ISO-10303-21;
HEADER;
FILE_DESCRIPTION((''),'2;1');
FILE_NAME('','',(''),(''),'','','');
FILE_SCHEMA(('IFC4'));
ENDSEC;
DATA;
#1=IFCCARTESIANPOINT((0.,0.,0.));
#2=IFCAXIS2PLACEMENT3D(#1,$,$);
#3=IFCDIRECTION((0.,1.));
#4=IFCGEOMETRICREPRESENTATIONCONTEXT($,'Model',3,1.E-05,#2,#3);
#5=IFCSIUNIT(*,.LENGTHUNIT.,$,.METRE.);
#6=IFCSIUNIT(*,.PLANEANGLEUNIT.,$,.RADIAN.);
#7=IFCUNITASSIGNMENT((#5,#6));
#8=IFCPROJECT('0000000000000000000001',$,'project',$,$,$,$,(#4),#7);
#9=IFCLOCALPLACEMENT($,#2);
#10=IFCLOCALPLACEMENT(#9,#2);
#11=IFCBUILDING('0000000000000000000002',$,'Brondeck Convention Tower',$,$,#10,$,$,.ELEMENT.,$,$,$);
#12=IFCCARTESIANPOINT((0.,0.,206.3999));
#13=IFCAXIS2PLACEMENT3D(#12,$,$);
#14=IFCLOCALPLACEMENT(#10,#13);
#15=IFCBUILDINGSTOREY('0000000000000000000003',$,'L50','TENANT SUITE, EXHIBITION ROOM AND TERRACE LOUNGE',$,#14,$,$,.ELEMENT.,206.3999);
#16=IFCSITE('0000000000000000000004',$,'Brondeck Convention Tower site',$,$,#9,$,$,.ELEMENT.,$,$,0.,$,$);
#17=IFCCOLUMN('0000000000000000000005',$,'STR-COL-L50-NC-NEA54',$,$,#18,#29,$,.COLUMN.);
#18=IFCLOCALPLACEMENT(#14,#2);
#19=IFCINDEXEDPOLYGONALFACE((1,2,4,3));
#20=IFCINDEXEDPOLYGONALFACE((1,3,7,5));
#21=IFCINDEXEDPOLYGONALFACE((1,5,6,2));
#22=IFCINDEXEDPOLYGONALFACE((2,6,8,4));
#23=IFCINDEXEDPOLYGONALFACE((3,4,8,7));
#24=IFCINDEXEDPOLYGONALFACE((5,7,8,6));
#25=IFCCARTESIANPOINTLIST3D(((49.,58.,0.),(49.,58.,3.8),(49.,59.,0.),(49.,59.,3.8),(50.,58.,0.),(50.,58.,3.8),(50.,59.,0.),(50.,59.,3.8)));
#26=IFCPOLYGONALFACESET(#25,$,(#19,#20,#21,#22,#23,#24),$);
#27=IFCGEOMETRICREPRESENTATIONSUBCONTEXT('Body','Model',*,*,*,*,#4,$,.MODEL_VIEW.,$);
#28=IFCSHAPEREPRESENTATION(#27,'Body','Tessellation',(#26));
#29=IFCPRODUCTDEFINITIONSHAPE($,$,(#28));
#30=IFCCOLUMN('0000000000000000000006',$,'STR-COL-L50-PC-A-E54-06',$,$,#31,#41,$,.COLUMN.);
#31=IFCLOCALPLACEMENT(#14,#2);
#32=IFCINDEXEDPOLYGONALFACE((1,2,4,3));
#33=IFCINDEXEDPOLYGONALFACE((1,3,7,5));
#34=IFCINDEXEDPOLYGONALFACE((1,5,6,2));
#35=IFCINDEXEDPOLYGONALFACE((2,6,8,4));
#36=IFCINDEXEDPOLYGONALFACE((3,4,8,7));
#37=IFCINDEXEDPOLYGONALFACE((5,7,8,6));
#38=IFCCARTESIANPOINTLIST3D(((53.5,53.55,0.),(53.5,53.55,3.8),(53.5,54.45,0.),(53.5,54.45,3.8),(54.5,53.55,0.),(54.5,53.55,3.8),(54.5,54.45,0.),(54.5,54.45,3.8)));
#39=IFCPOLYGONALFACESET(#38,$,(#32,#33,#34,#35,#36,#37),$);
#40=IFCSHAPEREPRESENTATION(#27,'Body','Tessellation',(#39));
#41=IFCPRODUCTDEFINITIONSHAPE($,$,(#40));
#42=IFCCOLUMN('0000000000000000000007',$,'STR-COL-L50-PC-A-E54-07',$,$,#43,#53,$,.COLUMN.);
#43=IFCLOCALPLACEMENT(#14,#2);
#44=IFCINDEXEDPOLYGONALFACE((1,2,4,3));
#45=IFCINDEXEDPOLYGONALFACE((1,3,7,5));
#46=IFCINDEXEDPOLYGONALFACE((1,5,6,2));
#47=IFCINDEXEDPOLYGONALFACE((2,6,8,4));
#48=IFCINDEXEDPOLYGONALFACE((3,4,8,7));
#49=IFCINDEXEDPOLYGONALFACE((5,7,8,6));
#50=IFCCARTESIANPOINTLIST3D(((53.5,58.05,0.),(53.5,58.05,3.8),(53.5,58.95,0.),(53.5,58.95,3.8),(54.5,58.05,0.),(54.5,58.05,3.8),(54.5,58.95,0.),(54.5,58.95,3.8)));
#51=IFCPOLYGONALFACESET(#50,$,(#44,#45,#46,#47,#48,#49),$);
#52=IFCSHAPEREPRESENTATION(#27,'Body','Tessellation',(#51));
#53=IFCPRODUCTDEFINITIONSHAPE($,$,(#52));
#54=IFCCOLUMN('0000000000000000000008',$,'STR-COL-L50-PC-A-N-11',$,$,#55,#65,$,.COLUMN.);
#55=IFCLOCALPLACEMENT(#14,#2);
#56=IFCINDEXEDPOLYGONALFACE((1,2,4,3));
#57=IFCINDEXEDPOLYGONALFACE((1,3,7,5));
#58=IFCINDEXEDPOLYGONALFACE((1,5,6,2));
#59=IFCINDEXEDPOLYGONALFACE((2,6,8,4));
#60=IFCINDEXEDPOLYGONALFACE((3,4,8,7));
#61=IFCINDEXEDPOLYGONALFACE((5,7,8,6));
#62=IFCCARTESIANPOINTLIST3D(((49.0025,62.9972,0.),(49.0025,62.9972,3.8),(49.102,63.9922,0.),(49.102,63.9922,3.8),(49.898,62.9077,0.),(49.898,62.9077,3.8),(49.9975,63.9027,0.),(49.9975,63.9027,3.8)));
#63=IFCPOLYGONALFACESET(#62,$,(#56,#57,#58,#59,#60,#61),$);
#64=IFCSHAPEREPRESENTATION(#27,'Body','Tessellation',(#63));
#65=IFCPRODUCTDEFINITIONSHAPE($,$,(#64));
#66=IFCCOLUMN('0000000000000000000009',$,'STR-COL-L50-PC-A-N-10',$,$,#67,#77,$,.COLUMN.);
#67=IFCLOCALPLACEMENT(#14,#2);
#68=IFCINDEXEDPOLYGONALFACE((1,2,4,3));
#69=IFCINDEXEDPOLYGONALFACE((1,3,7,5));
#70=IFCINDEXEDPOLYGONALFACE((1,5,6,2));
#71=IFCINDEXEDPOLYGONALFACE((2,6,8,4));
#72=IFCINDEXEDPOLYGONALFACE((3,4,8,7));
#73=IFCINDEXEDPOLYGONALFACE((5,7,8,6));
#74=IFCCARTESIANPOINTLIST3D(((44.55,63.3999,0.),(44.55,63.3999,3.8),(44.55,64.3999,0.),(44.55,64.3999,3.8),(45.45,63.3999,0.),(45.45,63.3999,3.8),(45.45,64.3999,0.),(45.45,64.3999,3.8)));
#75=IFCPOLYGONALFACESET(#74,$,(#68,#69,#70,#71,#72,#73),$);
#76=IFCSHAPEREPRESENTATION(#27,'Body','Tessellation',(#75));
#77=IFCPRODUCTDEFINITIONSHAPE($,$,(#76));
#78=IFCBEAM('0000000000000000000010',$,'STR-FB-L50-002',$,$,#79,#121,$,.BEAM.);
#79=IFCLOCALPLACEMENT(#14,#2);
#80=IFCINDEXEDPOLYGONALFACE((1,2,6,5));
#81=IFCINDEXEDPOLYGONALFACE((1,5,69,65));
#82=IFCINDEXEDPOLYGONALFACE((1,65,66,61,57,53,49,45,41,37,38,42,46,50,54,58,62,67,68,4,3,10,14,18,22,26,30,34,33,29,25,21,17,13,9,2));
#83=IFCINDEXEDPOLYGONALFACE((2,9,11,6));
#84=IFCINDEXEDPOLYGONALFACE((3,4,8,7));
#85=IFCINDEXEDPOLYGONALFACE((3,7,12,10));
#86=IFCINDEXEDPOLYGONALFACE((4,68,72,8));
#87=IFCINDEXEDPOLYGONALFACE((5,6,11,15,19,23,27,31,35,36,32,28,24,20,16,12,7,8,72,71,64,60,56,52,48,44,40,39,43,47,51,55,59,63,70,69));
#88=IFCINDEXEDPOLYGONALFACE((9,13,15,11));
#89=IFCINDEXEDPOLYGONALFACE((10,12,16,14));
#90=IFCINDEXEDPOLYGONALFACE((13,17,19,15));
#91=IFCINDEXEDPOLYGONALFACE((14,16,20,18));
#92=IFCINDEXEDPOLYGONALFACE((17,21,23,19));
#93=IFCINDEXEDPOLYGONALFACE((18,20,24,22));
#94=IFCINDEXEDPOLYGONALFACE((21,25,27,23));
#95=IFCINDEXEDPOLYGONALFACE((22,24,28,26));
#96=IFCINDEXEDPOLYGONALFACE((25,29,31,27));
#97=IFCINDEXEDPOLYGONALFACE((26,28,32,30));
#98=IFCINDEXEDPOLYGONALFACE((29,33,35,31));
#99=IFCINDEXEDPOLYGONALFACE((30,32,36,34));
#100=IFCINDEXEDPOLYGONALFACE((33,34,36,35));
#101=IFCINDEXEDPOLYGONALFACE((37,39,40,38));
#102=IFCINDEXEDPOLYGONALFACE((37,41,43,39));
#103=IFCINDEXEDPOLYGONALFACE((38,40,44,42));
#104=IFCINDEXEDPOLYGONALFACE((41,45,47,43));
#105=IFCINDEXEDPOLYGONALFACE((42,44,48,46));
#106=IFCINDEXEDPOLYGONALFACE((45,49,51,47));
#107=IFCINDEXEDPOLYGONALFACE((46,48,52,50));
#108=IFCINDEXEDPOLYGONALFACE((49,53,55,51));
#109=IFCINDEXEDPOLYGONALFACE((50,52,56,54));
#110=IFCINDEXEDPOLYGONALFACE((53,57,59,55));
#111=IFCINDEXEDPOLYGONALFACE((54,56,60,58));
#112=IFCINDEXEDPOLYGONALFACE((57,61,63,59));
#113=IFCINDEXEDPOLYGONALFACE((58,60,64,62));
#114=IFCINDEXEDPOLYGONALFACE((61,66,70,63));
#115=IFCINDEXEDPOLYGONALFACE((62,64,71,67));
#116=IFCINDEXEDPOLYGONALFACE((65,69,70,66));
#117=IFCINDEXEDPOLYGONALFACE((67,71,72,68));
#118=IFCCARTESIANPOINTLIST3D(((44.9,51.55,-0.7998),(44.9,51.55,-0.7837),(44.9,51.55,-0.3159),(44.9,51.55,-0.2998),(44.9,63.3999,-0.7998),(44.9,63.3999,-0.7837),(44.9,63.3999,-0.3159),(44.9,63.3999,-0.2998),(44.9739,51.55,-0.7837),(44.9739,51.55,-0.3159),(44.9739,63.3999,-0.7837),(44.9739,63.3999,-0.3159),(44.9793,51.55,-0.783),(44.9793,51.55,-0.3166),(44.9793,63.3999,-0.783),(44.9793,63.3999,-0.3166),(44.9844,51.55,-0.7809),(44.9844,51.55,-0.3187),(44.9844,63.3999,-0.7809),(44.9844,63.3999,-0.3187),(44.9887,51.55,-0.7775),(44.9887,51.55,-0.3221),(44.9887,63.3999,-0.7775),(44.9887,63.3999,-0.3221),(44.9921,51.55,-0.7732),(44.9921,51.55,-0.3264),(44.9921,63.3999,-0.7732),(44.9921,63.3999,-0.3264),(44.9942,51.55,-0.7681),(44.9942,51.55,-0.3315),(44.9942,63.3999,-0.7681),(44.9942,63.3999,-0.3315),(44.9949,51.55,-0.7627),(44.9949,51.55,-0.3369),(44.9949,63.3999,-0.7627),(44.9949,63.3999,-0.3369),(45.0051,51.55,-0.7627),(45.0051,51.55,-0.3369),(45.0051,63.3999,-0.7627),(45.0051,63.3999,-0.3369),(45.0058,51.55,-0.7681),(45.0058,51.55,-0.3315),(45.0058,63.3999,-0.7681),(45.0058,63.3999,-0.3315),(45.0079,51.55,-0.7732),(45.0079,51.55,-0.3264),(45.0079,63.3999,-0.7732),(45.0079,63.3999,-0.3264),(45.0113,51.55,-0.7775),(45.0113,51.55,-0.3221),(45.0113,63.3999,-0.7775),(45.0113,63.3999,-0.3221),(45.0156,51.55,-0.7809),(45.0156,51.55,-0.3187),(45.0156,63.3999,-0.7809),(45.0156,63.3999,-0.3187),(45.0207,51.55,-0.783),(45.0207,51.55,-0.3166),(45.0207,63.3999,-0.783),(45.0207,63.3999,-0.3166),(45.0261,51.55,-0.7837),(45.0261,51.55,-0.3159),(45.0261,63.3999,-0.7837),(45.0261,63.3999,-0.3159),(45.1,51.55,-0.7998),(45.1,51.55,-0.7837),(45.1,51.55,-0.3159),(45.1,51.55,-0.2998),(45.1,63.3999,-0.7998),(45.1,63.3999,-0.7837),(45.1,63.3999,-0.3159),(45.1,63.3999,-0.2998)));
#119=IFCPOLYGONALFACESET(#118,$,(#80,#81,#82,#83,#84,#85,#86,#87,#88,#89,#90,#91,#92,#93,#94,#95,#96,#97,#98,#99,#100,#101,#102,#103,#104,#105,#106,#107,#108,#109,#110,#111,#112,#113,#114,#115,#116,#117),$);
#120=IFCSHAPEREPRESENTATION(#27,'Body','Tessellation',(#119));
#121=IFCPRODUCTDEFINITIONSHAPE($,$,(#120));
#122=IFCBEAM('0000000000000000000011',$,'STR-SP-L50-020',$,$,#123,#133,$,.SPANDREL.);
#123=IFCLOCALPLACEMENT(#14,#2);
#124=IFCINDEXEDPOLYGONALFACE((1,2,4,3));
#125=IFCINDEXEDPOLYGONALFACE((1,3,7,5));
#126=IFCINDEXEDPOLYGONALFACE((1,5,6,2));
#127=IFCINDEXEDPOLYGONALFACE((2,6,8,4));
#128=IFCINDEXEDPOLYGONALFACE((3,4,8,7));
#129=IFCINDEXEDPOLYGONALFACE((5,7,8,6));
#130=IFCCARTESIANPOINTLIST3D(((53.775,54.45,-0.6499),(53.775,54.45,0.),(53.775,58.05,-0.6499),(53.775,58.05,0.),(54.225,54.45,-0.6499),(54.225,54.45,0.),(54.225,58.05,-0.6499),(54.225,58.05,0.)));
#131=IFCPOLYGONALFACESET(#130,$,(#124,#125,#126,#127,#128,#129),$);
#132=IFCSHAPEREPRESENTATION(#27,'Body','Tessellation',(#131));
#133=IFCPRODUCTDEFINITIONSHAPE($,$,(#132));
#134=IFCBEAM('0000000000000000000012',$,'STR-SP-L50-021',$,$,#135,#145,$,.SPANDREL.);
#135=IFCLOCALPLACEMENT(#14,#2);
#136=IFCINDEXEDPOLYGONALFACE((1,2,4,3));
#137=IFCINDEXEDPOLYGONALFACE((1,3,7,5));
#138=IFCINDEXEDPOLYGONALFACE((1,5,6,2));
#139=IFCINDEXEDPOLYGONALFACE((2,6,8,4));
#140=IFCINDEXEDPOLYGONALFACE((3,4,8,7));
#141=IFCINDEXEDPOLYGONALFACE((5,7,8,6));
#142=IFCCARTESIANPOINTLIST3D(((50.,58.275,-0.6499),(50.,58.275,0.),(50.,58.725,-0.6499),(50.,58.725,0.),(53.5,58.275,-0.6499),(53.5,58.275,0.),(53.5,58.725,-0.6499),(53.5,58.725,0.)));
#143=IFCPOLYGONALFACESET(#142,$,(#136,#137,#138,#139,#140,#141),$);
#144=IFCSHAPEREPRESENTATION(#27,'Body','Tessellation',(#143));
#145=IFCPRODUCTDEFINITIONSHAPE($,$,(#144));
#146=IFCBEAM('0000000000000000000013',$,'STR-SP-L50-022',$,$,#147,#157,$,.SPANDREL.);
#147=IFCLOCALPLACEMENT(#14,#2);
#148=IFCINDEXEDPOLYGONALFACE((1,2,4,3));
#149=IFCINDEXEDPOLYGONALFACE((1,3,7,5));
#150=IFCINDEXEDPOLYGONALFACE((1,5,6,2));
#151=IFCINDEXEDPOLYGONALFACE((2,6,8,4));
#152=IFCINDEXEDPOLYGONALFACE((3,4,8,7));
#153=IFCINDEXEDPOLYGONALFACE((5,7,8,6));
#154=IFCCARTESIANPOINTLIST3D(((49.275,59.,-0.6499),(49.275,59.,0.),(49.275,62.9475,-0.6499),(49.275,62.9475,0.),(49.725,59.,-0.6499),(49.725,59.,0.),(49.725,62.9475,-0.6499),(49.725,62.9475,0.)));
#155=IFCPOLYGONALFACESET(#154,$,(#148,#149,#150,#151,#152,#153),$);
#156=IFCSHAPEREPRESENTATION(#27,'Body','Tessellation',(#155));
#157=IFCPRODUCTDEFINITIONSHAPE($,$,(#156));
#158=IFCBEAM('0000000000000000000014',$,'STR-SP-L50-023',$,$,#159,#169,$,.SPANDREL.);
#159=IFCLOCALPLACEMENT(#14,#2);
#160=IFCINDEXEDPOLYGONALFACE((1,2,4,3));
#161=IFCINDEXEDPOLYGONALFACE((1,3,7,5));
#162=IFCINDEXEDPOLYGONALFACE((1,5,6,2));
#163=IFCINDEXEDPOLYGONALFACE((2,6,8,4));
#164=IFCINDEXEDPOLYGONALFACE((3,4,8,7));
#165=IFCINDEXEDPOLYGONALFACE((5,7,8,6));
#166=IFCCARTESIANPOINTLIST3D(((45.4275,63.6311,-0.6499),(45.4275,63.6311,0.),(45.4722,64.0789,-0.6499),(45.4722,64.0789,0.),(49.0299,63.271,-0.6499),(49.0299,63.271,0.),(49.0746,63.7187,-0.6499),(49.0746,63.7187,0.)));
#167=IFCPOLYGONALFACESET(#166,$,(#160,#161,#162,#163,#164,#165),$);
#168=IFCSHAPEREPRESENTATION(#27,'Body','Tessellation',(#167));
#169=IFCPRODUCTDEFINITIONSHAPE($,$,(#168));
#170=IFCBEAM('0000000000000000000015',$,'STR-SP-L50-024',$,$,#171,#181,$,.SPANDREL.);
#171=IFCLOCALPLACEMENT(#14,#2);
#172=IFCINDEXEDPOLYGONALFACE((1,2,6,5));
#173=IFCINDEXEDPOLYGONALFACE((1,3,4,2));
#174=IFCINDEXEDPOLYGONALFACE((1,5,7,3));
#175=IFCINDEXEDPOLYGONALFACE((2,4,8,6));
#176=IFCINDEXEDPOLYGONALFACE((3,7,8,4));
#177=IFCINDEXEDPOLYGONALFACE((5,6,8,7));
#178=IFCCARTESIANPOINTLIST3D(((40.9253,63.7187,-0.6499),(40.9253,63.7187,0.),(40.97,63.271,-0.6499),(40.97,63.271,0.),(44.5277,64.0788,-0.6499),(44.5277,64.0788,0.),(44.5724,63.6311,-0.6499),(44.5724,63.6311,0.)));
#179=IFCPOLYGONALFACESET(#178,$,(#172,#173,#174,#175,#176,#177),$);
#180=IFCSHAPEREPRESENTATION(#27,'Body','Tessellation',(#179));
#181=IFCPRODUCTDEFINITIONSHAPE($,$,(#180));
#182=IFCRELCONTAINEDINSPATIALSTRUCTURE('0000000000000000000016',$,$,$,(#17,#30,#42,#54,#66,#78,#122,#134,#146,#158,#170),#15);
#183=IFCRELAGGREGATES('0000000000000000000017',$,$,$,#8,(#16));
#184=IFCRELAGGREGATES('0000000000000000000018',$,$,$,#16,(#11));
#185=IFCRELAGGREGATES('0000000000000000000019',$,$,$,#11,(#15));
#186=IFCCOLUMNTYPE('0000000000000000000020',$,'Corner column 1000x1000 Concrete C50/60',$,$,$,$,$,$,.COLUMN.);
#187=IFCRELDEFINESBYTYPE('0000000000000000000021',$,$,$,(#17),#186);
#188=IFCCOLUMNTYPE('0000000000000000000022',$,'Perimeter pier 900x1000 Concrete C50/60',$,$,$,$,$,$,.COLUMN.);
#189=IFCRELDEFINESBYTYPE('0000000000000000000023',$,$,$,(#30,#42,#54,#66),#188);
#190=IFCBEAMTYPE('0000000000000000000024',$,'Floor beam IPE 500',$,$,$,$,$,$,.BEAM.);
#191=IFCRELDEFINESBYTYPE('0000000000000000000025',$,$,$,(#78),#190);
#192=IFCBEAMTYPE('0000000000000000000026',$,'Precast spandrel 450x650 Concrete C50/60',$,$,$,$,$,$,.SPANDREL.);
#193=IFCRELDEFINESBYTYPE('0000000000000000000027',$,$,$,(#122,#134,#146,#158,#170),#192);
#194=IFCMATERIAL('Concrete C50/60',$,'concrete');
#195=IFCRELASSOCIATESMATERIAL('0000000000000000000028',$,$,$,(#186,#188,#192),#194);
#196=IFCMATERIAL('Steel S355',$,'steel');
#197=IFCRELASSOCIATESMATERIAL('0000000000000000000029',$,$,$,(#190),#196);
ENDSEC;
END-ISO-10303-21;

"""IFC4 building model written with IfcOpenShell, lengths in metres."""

from ifc_helpers import new_model, si_unit, direction, frame, origin, origin_2d, place, context, subcontext, project, spatial, rectangle, i_section, extrude, material, material_profile, profile_set, type_object, element, save


model = new_model("IFC4")

# Units and contexts
model_context = context("Model", 3, precision=1e-05, world=origin(), true_north=direction((0.0, 1.0)))
body_context = subcontext(model_context, "Body", "Model", "MODEL_VIEW")
ifc_project = project(units=[si_unit("LENGTHUNIT", "METRE"), si_unit("PLANEANGLEUNIT", "RADIAN")], contexts=[model_context])

# Site, building, storey
site_placement = place(None, origin())
site = spatial("IfcSite", under=ifc_project, at=site_placement, Name="Brondeck Convention Tower site", CompositionType="ELEMENT", RefElevation=0.0)
building_placement = place(site_placement, origin())
building = spatial("IfcBuilding", under=site, at=building_placement, Name="Brondeck Convention Tower", CompositionType="ELEMENT")
storey_placement = place(building_placement, frame((0.0, 0.0, 206.3999)))
storey = spatial("IfcBuildingStorey", under=building, at=storey_placement, Name="L50", Description="TENANT SUITE, EXHIBITION ROOM AND TERRACE LOUNGE", CompositionType="ELEMENT", Elevation=206.3999)

# Columns
ifc_material_1 = material(Name="Concrete C50/60", Category="concrete")
ifc_material_profile_1 = material_profile(ifc_material_1, rectangle(XDim=1.0, YDim=1.0, at=origin_2d()), Name="Corner column 1000x1000 Concrete C50/60")
ifc_profile_set_1 = profile_set([ifc_material_profile_1], Name="Concrete C50/60")
column_type_1 = type_object("IfcColumnType", Name="Corner column 1000x1000 Concrete C50/60", PredefinedType="COLUMN", material=ifc_profile_set_1)
column_placement = place(storey_placement, frame((49.5, 58.5, 0.0), z_axis=(0.0, 0.0, 1.0), x_axis=(1.0, 0.0, 0.0)))
element("IfcColumn", 1, at=column_placement, inside=storey, type_object=column_type_1, Name="STR-COL-L50-NC-NEA54", PredefinedType="COLUMN", context=body_context, shape_type="SweptSolid", body=[
    extrude(rectangle(XDim=1.0, YDim=1.0, at=origin_2d()), origin(), (0.0, 0.0, 1.0), 3.8),
])
ifc_material_profile_2 = material_profile(ifc_material_1, rectangle(XDim=0.8999, YDim=1.0, at=origin_2d()), Name="Perimeter pier 900x1000 Concrete C50/60")
ifc_profile_set_2 = profile_set([ifc_material_profile_2], Name="Concrete C50/60")
column_type_2 = type_object("IfcColumnType", Name="Perimeter pier 900x1000 Concrete C50/60", PredefinedType="COLUMN", material=ifc_profile_set_2)
for number, where, z_axis, x_axis, name in (
    (2, (54.0, 54.0, 0.0), (0.0, 0.0, 1.0), (0.0, 1.0, 0.0), "STR-COL-L50-PC-A-E54-06"),
    (3, (54.0, 58.5, 0.0), (0.0, 0.0, 1.0), (0.0, 1.0, 0.0), "STR-COL-L50-PC-A-E54-07"),
    (4, (49.5, 63.45, 0.0), (0.0, 0.0, 1.0), (-0.995037, 0.099504, 0.0), "STR-COL-L50-PC-A-N-11"),
    (5, (45.0, 63.8999, 0.0), (0.0, 0.0, 1.0), (-1.0, 0.0, 0.0), "STR-COL-L50-PC-A-N-10"),
):
    element("IfcColumn", number, at=place(storey_placement, frame(where, z_axis=z_axis, x_axis=x_axis)), inside=storey, type_object=column_type_2, Name=name, PredefinedType="COLUMN", context=body_context, shape_type="SweptSolid", body=[
        extrude(rectangle(XDim=0.8999, YDim=1.0, at=origin_2d()), origin(), (0.0, 0.0, 1.0), 3.8),
    ])

# Beams
ifc_material_2 = material(Name="Steel S355", Category="steel")
ifc_material_profile_3 = material_profile(ifc_material_2, i_section(OverallWidth=0.2, OverallDepth=0.5, WebThickness=0.0103, FlangeThickness=0.0161, FilletRadius=0.021, at=origin_2d()), Name="IPE 500")
ifc_profile_set_3 = profile_set([ifc_material_profile_3], Name="Steel S355")
beam_type_1 = type_object("IfcBeamType", Name="Floor beam IPE 500", PredefinedType="BEAM", material=ifc_profile_set_3)
beam_1_placement = place(storey_placement, frame((45.0, 51.55, -0.5498), z_axis=(0.0, 1.0, 0.0), x_axis=(-1.0, 0.0, 0.0)))
element("IfcBeam", 6, at=beam_1_placement, inside=storey, type_object=beam_type_1, Name="STR-FB-L50-002", PredefinedType="BEAM", context=body_context, shape_type="SweptSolid", body=[
    extrude(i_section(OverallWidth=0.2, OverallDepth=0.5, WebThickness=0.0103, FlangeThickness=0.0161, FilletRadius=0.021, at=origin_2d()), origin(), (0.0, 0.0, 1.0), 11.8499),
])
ifc_material_profile_4 = material_profile(ifc_material_1, rectangle(XDim=0.45, YDim=0.6499, at=origin_2d()), Name="Precast spandrel 450x650 Concrete C50/60")
ifc_profile_set_4 = profile_set([ifc_material_profile_4], Name="Concrete C50/60")
beam_type_2 = type_object("IfcBeamType", Name="Precast spandrel 450x650 Concrete C50/60", PredefinedType="SPANDREL", material=ifc_profile_set_4)
beam_2_placement = place(storey_placement, frame((54.0, 54.45, -0.325), z_axis=(0.0, 1.0, 0.0), x_axis=(-1.0, 0.0, 0.0)))
element("IfcBeam", 7, at=beam_2_placement, inside=storey, type_object=beam_type_2, Name="STR-SP-L50-020", PredefinedType="SPANDREL", context=body_context, shape_type="SweptSolid", body=[
    extrude(rectangle(XDim=0.45, YDim=0.6499, at=origin_2d()), origin(), (0.0, 0.0, 1.0), 3.6001),
])
beam_3_placement = place(storey_placement, frame((53.5, 58.5, -0.325), z_axis=(-1.0, 0.0, 0.0), x_axis=(0.0, -1.0, 0.0)))
element("IfcBeam", 8, at=beam_3_placement, inside=storey, type_object=beam_type_2, Name="STR-SP-L50-021", PredefinedType="SPANDREL", context=body_context, shape_type="SweptSolid", body=[
    extrude(rectangle(XDim=0.45, YDim=0.6499, at=origin_2d()), origin(), (0.0, 0.0, 1.0), 3.5),
])
beam_4_placement = place(storey_placement, frame((49.5, 59.0, -0.325), z_axis=(0.0, 1.0, 0.0), x_axis=(-1.0, 0.0, 0.0)))
element("IfcBeam", 9, at=beam_4_placement, inside=storey, type_object=beam_type_2, Name="STR-SP-L50-022", PredefinedType="SPANDREL", context=body_context, shape_type="SweptSolid", body=[
    extrude(rectangle(XDim=0.45, YDim=0.6499, at=origin_2d()), origin(), (0.0, 0.0, 1.0), 3.9475),
])
for number, where, z_axis, x_axis, name in (
    (10, (49.0522, 63.4949, -0.325), (-0.995041, 0.09947, 0.0), (-0.09947, -0.995041, 0.0), "STR-SP-L50-023"),
    (11, (44.55, 63.855, -0.325), (-0.995041, -0.09947, 0.0), (0.09947, -0.995041, 0.0), "STR-SP-L50-024"),
):
    element("IfcBeam", number, at=place(storey_placement, frame(where, z_axis=z_axis, x_axis=x_axis)), inside=storey, type_object=beam_type_2, Name=name, PredefinedType="SPANDREL", context=body_context, shape_type="SweptSolid", body=[
        extrude(rectangle(XDim=0.45, YDim=0.6499, at=origin_2d()), origin(), (0.0, 0.0, 1.0), 3.6204),
    ])

save(model, "model.ifc")
